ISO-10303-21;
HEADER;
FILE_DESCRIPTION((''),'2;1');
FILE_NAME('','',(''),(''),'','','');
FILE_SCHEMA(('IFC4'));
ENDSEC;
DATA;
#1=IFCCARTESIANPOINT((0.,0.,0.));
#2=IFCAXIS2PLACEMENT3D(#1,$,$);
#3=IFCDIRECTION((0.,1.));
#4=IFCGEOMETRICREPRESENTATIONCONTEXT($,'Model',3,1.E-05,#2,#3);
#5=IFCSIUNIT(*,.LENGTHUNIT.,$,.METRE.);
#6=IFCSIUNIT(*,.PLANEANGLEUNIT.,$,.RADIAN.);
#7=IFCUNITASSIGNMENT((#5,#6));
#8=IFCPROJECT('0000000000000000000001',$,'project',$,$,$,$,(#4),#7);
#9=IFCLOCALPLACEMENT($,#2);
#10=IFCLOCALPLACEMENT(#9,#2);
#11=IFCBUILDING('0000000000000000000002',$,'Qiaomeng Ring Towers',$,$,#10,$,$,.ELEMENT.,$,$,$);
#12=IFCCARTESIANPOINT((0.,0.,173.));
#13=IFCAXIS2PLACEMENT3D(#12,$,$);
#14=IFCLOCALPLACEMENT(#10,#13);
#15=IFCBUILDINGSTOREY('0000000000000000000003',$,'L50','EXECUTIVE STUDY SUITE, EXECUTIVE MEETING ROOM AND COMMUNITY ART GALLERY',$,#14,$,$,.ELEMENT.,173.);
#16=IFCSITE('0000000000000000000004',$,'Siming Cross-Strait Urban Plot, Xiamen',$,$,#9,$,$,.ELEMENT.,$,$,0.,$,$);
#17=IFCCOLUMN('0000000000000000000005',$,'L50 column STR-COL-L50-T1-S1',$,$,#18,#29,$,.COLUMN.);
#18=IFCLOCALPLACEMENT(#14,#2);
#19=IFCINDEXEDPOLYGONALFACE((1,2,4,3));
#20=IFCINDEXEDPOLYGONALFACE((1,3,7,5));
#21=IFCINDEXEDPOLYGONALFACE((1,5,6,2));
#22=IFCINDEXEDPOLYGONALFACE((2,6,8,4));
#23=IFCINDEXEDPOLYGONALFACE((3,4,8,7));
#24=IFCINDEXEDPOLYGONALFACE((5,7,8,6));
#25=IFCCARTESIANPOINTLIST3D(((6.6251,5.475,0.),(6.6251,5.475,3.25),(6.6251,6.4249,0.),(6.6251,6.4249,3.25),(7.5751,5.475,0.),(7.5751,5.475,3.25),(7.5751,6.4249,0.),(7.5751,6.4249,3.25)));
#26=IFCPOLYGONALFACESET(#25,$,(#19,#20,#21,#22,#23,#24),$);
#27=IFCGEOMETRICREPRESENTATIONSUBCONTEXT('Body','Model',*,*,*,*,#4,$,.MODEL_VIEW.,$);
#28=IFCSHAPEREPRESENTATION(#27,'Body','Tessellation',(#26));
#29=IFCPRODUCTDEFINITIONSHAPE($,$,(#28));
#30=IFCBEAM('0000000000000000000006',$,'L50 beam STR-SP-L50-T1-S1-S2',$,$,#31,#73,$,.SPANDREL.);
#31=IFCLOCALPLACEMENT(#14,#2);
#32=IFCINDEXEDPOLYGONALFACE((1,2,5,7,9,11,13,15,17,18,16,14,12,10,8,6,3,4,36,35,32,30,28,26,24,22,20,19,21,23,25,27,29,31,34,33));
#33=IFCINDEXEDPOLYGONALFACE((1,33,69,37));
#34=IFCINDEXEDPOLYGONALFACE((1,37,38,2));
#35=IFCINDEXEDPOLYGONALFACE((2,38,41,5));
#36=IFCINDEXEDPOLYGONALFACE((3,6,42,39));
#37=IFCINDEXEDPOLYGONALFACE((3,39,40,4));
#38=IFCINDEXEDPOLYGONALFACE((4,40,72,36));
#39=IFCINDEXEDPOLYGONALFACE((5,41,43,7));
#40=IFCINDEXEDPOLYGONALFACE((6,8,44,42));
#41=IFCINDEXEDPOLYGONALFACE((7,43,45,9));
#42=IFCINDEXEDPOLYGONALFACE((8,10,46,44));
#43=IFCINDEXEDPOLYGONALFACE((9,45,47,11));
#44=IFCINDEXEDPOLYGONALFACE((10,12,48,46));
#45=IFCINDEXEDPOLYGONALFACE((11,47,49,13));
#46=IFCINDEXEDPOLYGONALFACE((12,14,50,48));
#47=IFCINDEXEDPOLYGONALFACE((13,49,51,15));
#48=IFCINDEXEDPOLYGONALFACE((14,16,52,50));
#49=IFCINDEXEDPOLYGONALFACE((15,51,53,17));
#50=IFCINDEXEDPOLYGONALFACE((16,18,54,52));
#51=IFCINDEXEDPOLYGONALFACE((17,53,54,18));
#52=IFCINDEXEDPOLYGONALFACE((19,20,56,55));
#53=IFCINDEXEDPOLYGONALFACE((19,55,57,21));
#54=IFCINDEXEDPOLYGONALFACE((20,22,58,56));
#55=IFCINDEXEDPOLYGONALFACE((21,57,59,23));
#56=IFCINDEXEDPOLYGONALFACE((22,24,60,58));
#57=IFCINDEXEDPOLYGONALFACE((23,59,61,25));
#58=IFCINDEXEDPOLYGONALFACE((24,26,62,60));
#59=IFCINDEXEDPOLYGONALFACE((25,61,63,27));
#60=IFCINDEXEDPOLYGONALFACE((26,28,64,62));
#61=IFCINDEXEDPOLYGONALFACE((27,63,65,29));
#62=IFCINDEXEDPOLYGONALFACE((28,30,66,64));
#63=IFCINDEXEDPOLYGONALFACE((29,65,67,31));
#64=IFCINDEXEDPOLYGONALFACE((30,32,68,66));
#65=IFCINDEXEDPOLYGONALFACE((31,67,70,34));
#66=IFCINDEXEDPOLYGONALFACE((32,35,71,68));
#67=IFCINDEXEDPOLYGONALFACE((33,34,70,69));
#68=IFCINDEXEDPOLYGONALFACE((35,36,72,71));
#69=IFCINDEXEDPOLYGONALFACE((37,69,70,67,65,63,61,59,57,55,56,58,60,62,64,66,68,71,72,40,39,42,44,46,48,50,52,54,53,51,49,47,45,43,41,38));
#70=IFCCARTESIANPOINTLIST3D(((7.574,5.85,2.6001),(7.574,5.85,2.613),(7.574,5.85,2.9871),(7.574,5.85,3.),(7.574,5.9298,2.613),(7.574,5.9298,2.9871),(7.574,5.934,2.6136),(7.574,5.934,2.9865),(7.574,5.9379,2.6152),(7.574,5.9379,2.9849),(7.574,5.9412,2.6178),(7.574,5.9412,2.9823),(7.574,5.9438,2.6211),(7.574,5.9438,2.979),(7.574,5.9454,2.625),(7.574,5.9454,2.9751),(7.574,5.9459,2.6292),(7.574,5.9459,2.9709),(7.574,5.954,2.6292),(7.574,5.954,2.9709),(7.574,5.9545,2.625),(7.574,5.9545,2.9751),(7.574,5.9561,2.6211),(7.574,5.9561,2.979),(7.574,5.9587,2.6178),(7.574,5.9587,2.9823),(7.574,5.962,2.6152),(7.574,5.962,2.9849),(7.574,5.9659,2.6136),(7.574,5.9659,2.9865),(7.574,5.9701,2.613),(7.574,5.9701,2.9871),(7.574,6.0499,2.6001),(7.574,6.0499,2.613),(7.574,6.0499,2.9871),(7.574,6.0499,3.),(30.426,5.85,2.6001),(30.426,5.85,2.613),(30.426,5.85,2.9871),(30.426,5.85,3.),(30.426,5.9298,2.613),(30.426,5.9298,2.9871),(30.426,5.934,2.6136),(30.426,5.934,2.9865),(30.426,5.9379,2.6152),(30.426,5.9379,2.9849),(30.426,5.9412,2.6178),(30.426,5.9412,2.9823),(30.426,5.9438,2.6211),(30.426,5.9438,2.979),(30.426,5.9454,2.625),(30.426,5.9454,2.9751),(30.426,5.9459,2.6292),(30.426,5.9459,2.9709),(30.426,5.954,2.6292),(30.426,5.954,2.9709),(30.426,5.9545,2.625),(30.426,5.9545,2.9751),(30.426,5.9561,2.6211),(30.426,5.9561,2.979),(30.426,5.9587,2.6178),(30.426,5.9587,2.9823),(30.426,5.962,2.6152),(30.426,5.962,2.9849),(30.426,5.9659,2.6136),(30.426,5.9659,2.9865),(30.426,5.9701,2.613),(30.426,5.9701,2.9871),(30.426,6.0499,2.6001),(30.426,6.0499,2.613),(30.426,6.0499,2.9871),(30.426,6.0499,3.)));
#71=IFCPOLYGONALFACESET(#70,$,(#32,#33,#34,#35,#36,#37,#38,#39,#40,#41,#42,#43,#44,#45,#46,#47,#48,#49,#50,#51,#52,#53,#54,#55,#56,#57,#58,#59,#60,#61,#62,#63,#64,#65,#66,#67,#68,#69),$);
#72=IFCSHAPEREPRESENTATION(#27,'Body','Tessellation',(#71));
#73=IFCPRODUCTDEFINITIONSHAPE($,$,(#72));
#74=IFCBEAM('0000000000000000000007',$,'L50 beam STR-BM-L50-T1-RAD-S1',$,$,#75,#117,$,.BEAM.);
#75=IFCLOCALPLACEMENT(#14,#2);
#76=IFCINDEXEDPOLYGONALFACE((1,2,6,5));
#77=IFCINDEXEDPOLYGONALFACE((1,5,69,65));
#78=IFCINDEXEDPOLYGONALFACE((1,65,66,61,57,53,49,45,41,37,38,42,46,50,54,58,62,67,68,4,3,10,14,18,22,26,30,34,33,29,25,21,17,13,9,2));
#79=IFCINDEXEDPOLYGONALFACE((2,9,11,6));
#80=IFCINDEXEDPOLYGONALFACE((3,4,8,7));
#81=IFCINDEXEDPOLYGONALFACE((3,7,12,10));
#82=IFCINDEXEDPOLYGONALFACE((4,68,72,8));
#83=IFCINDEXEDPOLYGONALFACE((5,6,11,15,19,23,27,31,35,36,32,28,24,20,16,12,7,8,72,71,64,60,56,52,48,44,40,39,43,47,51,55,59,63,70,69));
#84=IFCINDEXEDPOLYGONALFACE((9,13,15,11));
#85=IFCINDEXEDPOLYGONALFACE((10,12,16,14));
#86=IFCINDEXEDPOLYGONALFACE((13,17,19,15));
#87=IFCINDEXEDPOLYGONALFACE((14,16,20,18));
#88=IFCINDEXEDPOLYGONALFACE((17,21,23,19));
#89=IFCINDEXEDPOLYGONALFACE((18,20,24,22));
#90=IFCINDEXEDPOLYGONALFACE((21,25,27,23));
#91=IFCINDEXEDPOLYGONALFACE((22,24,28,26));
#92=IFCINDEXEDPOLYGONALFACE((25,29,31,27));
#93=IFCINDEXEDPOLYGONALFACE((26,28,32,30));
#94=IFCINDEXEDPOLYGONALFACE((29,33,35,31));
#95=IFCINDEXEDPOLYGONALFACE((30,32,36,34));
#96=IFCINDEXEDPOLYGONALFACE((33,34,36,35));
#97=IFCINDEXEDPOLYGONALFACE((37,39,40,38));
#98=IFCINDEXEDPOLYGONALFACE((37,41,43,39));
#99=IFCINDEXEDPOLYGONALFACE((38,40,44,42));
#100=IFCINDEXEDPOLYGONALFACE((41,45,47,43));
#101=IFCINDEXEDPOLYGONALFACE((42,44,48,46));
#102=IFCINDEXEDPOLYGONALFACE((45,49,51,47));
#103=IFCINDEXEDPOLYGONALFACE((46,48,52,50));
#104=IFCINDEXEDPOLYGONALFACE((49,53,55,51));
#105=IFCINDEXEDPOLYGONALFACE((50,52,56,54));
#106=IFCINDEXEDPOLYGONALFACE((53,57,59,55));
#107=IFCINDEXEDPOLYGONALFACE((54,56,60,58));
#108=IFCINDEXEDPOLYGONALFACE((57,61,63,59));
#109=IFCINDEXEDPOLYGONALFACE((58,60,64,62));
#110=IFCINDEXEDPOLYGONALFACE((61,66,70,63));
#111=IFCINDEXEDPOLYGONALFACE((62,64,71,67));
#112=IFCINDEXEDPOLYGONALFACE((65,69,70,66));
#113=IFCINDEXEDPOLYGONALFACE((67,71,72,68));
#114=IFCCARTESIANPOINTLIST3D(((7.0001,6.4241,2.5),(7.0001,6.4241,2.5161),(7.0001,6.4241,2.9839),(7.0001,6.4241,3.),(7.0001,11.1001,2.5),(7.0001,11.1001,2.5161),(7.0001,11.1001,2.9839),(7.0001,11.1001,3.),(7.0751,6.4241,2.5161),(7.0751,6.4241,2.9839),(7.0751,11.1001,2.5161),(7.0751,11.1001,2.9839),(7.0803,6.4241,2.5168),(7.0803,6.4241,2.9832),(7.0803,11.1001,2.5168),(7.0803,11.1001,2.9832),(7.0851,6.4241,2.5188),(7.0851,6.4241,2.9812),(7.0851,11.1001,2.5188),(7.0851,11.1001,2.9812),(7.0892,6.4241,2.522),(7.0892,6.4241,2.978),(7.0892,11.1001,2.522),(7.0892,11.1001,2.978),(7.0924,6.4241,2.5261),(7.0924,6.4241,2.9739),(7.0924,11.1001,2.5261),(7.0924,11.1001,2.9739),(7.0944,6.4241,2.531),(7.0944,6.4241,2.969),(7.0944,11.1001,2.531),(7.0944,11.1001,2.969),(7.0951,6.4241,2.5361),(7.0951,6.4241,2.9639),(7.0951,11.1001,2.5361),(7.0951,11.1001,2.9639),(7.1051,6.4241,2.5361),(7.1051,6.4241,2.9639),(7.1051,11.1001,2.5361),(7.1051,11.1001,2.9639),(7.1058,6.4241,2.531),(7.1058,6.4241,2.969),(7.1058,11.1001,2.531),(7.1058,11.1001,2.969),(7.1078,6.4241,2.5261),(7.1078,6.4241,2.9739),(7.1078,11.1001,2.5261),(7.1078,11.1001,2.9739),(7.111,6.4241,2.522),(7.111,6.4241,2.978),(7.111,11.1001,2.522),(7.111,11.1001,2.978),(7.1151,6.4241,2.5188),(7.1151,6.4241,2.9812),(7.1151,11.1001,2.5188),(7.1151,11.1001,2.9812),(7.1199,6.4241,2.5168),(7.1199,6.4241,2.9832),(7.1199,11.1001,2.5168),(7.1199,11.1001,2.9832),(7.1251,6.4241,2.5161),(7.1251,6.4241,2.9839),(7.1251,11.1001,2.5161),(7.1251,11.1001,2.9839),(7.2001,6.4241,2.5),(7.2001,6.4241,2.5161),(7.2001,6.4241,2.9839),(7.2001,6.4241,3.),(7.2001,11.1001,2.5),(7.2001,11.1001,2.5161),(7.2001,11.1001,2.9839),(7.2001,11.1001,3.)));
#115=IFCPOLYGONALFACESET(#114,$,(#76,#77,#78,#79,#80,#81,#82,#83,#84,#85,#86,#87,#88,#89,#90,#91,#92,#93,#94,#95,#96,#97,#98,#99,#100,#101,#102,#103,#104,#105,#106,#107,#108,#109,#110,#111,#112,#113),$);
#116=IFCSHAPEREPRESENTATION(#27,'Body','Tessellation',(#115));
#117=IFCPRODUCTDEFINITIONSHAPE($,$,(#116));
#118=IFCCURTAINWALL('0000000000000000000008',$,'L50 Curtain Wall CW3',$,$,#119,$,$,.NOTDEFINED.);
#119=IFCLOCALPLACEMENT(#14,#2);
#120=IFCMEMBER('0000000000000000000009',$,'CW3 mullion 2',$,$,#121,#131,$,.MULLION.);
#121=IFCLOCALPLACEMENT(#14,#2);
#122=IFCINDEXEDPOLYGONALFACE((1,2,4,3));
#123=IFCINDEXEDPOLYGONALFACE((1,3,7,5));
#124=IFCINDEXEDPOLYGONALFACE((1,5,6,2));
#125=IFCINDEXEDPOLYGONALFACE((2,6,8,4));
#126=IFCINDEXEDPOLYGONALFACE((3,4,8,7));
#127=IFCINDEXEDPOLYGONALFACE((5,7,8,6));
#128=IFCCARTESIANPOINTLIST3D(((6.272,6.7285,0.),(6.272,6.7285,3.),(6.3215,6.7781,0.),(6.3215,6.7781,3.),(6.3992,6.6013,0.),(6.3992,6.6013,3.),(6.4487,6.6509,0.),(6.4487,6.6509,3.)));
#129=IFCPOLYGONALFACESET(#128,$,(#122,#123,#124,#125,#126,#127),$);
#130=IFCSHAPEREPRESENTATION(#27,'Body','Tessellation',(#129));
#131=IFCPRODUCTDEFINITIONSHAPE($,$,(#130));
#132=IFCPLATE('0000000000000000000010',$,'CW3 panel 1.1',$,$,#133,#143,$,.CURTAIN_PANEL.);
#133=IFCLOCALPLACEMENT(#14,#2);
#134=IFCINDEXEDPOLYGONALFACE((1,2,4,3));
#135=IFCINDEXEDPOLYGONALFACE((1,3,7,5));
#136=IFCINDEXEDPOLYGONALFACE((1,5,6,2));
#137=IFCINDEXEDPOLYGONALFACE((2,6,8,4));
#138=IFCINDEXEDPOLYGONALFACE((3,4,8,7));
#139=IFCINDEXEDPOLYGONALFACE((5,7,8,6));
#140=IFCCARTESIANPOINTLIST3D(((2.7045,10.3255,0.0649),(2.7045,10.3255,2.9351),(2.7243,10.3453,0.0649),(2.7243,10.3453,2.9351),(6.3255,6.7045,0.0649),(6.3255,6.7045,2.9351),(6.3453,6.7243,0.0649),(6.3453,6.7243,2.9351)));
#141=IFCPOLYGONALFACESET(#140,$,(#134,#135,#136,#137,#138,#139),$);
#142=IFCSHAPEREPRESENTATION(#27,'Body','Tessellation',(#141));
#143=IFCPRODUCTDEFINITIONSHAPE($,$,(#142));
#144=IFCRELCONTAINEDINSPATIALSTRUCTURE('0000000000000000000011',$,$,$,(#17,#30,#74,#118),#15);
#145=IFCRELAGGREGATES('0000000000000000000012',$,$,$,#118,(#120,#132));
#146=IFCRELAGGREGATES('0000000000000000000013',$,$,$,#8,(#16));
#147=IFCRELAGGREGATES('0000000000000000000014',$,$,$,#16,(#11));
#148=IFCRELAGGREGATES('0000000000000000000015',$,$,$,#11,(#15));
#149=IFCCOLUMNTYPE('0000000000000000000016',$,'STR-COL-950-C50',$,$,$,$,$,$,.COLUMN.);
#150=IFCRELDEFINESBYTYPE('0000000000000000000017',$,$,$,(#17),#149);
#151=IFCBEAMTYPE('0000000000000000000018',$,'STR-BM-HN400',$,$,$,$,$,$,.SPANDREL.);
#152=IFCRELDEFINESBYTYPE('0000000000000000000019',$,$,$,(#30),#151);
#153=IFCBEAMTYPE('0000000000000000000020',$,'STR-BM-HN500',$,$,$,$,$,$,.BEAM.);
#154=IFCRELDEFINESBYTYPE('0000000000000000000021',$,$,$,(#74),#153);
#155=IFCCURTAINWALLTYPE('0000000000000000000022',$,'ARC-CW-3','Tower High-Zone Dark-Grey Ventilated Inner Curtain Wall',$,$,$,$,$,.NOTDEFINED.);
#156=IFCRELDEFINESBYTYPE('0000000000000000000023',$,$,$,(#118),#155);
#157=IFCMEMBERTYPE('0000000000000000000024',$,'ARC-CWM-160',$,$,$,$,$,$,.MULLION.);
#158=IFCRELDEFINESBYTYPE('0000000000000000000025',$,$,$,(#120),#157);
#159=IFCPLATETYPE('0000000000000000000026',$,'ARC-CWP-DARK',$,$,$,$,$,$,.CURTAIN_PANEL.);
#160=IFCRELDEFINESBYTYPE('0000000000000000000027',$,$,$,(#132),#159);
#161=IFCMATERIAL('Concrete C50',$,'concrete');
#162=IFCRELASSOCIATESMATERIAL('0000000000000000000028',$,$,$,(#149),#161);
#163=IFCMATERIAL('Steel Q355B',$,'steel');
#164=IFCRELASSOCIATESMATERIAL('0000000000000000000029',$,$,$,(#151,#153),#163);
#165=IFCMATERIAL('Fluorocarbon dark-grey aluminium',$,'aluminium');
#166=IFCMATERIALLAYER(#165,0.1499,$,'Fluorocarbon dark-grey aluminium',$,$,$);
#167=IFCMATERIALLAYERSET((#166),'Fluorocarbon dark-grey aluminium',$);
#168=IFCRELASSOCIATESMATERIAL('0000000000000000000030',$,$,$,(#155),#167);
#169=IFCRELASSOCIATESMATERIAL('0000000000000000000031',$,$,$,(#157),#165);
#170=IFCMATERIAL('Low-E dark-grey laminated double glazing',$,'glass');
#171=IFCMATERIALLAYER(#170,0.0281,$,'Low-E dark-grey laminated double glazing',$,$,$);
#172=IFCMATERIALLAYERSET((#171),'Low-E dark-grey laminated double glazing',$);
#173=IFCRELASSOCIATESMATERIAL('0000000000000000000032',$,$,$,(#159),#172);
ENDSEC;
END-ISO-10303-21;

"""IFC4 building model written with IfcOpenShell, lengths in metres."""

from ifc_helpers import new_model, si_unit, direction, frame, origin, origin_2d, place, context, subcontext, project, spatial, rectangle, i_section, extrude, source, transform, mapped, material, layer, layer_set, material_profile, profile_set, type_object, element, aggregate, save


model = new_model("IFC4")

# Units and contexts
model_context = context("Model", 3, precision=1e-05, world=origin(), true_north=direction((0.0, 1.0)))
body_context = subcontext(model_context, "Body", "Model", "MODEL_VIEW")
ifc_project = project(units=[si_unit("LENGTHUNIT", "METRE"), si_unit("PLANEANGLEUNIT", "RADIAN")], contexts=[model_context])

# Site, building, storey
site_placement = place(None, origin())
site = spatial("IfcSite", under=ifc_project, at=site_placement, Name="Siming Cross-Strait Urban Plot, Xiamen", CompositionType="ELEMENT", RefElevation=0.0)
building_placement = place(site_placement, origin())
building = spatial("IfcBuilding", under=site, at=building_placement, Name="Qiaomeng Ring Towers", CompositionType="ELEMENT")
storey_placement = place(building_placement, frame((0.0, 0.0, 173.0)))
storey = spatial("IfcBuildingStorey", under=building, at=storey_placement, Name="L50", Description="EXECUTIVE STUDY SUITE, EXECUTIVE MEETING ROOM AND COMMUNITY ART GALLERY", CompositionType="ELEMENT", Elevation=173.0)

# Column
ifc_material_1 = material(Name="Concrete C50", Category="concrete")
ifc_material_profile_1 = material_profile(ifc_material_1, rectangle(XDim=0.95, YDim=0.95, at=origin_2d()), Name="RC COL 950x950")
ifc_profile_set_1 = profile_set([ifc_material_profile_1], Name="Concrete C50")
column_type = type_object("IfcColumnType", Name="STR-COL-950-C50", PredefinedType="COLUMN", material=ifc_profile_set_1)
shared_shape_1 = source(origin(), body_context, "Body", "SweptSolid", [
    extrude(rectangle(XDim=0.95, YDim=0.95, at=origin_2d()), origin(), (0.0, 0.0, 1.0), 3.25),
])
column_placement = place(storey_placement, frame((7.1001, 5.95, 0.0), z_axis=(0.0, 0.0, 1.0), x_axis=(1.0, 0.0, 0.0)))
element("IfcColumn", 1, at=column_placement, inside=storey, type_object=column_type, Name="L50 column STR-COL-L50-T1-S1", PredefinedType="COLUMN", context=body_context, shape_type="MappedRepresentation", body=[
    mapped(shared_shape_1, transform((0.0, 0.0, 0.0), x_axis=(1.0, 0.0, 0.0), y_axis=(0.0, 1.0, 0.0), z_axis=(0.0, 0.0, 1.0), scale=1.0)),
])

# Beams
ifc_material_2 = material(Name="Steel Q355B", Category="steel")
ifc_material_profile_2 = material_profile(ifc_material_2, i_section(OverallWidth=0.2, OverallDepth=0.3999, WebThickness=0.0081, FlangeThickness=0.0129, FilletRadius=0.0161, at=origin_2d()), Name="HN 400x200x8x13")
ifc_profile_set_2 = profile_set([ifc_material_profile_2], Name="Steel Q355B")
beam_type_1 = type_object("IfcBeamType", Name="STR-BM-HN400", PredefinedType="SPANDREL", material=ifc_profile_set_2)
shared_shape_2 = source(origin(), body_context, "Body", "SweptSolid", [
    extrude(i_section(OverallWidth=0.2, OverallDepth=0.3999, WebThickness=0.0081, FlangeThickness=0.0129, FilletRadius=0.0161, at=origin_2d()), origin(), (0.0, 0.0, 1.0), 22.8521),
])
beam_1_placement = place(storey_placement, frame((7.574, 5.95, 2.8), z_axis=(1.0, 0.0, 0.0), x_axis=(0.0, 1.0, 0.0)))
element("IfcBeam", 2, at=beam_1_placement, inside=storey, type_object=beam_type_1, Name="L50 beam STR-SP-L50-T1-S1-S2", PredefinedType="SPANDREL", context=body_context, shape_type="MappedRepresentation", body=[
    mapped(shared_shape_2, transform((0.0, 0.0, 0.0), x_axis=(1.0, 0.0, 0.0), y_axis=(0.0, 1.0, 0.0), z_axis=(0.0, 0.0, 1.0), scale=1.0)),
])
ifc_material_profile_3 = material_profile(ifc_material_2, i_section(OverallWidth=0.2, OverallDepth=0.5, WebThickness=0.01, FlangeThickness=0.0161, FilletRadius=0.02, at=origin_2d()), Name="HN 500x200x10x16")
ifc_profile_set_3 = profile_set([ifc_material_profile_3], Name="Steel Q355B")
beam_type_2 = type_object("IfcBeamType", Name="STR-BM-HN500", PredefinedType="BEAM", material=ifc_profile_set_3)
shared_shape_3 = source(origin(), body_context, "Body", "SweptSolid", [
    extrude(i_section(OverallWidth=0.2, OverallDepth=0.5, WebThickness=0.01, FlangeThickness=0.0161, FilletRadius=0.02, at=origin_2d()), origin(), (0.0, 0.0, 1.0), 4.676),
])
beam_2_placement = place(storey_placement, frame((7.1001, 6.4241, 2.75), z_axis=(0.0, 1.0, 0.0), x_axis=(-1.0, 0.0, 0.0)))
element("IfcBeam", 3, at=beam_2_placement, inside=storey, type_object=beam_type_2, Name="L50 beam STR-BM-L50-T1-RAD-S1", PredefinedType="BEAM", context=body_context, shape_type="MappedRepresentation", body=[
    mapped(shared_shape_3, transform((0.0, 0.0, 0.0), x_axis=(1.0, 0.0, 0.0), y_axis=(0.0, 1.0, 0.0), z_axis=(0.0, 0.0, 1.0), scale=1.0)),
])

# Curtain wall, member, plate
ifc_material_3 = material(Name="Fluorocarbon dark-grey aluminium", Category="aluminium")
ifc_layer_1 = layer(ifc_material_3, 0.1499, Name="Fluorocarbon dark-grey aluminium")
ifc_layer_set_1 = layer_set([ifc_layer_1], Name="Fluorocarbon dark-grey aluminium")
curtain_wall_type = type_object("IfcCurtainWallType", Name="ARC-CW-3", Description="Tower High-Zone Dark-Grey Ventilated Inner Curtain Wall", PredefinedType="NOTDEFINED", material=ifc_layer_set_1)
curtain_wall_placement = place(storey_placement, origin())
curtain_wall = element("IfcCurtainWall", 4, at=curtain_wall_placement, inside=storey, type_object=curtain_wall_type, Name="L50 Curtain Wall CW3", PredefinedType="NOTDEFINED")
ifc_material_profile_4 = material_profile(ifc_material_3, rectangle(XDim=0.0701, YDim=0.1799, at=origin_2d()), Name="ALU MULL 70x180")
ifc_profile_set_4 = profile_set([ifc_material_profile_4], Name="Fluorocarbon dark-grey aluminium")
member_type = type_object("IfcMemberType", Name="ARC-CWM-160", PredefinedType="MULLION", material=ifc_profile_set_4)
shared_shape_4 = source(origin(), body_context, "Body", "SweptSolid", [
    extrude(rectangle(XDim=0.0701, YDim=0.1799, at=origin_2d()), origin(), (0.0, 0.0, 1.0), 3.0),
])
member_placement = place(storey_placement, frame((6.3604, 6.6897, 0.0), z_axis=(0.0, 0.0, 1.0), x_axis=(0.707107, 0.707107, 0.0)))
member = element("IfcMember", 5, at=member_placement, type_object=member_type, Name="CW3 mullion 2", PredefinedType="MULLION", context=body_context, shape_type="MappedRepresentation", body=[
    mapped(shared_shape_4, transform((0.0, 0.0, 0.0), x_axis=(1.0, 0.0, 0.0), y_axis=(0.0, 1.0, 0.0), z_axis=(0.0, 0.0, 1.0), scale=1.0)),
])
ifc_material_4 = material(Name="Low-E dark-grey laminated double glazing", Category="glass")
ifc_layer_2 = layer(ifc_material_4, 0.0281, Name="Low-E dark-grey laminated double glazing")
ifc_layer_set_2 = layer_set([ifc_layer_2], Name="Low-E dark-grey laminated double glazing")
plate_type = type_object("IfcPlateType", Name="ARC-CWP-DARK", PredefinedType="CURTAIN_PANEL", material=ifc_layer_set_2)
shared_shape_5 = source(origin(), body_context, "Body", "SweptSolid", [
    extrude(rectangle(XDim=5.1208, YDim=0.0281, at=origin_2d()), origin(), (0.0, 0.0, 1.0), 2.8701),
])
plate_placement = place(storey_placement, frame((4.5249, 8.5249, 0.0649), z_axis=(0.0, 0.0, 1.0), x_axis=(0.707107, -0.707107, 0.0)))
plate = element("IfcPlate", 6, at=plate_placement, type_object=plate_type, Name="CW3 panel 1.1", PredefinedType="CURTAIN_PANEL", context=body_context, shape_type="MappedRepresentation", body=[
    mapped(shared_shape_5, transform((0.0, 0.0, 0.0), x_axis=(1.0, 0.0, 0.0), y_axis=(0.0, 1.0, 0.0), z_axis=(0.0, 0.0, 1.0), scale=1.0)),
])
aggregate(curtain_wall, [member, plate])

save(model, "model.ifc")
